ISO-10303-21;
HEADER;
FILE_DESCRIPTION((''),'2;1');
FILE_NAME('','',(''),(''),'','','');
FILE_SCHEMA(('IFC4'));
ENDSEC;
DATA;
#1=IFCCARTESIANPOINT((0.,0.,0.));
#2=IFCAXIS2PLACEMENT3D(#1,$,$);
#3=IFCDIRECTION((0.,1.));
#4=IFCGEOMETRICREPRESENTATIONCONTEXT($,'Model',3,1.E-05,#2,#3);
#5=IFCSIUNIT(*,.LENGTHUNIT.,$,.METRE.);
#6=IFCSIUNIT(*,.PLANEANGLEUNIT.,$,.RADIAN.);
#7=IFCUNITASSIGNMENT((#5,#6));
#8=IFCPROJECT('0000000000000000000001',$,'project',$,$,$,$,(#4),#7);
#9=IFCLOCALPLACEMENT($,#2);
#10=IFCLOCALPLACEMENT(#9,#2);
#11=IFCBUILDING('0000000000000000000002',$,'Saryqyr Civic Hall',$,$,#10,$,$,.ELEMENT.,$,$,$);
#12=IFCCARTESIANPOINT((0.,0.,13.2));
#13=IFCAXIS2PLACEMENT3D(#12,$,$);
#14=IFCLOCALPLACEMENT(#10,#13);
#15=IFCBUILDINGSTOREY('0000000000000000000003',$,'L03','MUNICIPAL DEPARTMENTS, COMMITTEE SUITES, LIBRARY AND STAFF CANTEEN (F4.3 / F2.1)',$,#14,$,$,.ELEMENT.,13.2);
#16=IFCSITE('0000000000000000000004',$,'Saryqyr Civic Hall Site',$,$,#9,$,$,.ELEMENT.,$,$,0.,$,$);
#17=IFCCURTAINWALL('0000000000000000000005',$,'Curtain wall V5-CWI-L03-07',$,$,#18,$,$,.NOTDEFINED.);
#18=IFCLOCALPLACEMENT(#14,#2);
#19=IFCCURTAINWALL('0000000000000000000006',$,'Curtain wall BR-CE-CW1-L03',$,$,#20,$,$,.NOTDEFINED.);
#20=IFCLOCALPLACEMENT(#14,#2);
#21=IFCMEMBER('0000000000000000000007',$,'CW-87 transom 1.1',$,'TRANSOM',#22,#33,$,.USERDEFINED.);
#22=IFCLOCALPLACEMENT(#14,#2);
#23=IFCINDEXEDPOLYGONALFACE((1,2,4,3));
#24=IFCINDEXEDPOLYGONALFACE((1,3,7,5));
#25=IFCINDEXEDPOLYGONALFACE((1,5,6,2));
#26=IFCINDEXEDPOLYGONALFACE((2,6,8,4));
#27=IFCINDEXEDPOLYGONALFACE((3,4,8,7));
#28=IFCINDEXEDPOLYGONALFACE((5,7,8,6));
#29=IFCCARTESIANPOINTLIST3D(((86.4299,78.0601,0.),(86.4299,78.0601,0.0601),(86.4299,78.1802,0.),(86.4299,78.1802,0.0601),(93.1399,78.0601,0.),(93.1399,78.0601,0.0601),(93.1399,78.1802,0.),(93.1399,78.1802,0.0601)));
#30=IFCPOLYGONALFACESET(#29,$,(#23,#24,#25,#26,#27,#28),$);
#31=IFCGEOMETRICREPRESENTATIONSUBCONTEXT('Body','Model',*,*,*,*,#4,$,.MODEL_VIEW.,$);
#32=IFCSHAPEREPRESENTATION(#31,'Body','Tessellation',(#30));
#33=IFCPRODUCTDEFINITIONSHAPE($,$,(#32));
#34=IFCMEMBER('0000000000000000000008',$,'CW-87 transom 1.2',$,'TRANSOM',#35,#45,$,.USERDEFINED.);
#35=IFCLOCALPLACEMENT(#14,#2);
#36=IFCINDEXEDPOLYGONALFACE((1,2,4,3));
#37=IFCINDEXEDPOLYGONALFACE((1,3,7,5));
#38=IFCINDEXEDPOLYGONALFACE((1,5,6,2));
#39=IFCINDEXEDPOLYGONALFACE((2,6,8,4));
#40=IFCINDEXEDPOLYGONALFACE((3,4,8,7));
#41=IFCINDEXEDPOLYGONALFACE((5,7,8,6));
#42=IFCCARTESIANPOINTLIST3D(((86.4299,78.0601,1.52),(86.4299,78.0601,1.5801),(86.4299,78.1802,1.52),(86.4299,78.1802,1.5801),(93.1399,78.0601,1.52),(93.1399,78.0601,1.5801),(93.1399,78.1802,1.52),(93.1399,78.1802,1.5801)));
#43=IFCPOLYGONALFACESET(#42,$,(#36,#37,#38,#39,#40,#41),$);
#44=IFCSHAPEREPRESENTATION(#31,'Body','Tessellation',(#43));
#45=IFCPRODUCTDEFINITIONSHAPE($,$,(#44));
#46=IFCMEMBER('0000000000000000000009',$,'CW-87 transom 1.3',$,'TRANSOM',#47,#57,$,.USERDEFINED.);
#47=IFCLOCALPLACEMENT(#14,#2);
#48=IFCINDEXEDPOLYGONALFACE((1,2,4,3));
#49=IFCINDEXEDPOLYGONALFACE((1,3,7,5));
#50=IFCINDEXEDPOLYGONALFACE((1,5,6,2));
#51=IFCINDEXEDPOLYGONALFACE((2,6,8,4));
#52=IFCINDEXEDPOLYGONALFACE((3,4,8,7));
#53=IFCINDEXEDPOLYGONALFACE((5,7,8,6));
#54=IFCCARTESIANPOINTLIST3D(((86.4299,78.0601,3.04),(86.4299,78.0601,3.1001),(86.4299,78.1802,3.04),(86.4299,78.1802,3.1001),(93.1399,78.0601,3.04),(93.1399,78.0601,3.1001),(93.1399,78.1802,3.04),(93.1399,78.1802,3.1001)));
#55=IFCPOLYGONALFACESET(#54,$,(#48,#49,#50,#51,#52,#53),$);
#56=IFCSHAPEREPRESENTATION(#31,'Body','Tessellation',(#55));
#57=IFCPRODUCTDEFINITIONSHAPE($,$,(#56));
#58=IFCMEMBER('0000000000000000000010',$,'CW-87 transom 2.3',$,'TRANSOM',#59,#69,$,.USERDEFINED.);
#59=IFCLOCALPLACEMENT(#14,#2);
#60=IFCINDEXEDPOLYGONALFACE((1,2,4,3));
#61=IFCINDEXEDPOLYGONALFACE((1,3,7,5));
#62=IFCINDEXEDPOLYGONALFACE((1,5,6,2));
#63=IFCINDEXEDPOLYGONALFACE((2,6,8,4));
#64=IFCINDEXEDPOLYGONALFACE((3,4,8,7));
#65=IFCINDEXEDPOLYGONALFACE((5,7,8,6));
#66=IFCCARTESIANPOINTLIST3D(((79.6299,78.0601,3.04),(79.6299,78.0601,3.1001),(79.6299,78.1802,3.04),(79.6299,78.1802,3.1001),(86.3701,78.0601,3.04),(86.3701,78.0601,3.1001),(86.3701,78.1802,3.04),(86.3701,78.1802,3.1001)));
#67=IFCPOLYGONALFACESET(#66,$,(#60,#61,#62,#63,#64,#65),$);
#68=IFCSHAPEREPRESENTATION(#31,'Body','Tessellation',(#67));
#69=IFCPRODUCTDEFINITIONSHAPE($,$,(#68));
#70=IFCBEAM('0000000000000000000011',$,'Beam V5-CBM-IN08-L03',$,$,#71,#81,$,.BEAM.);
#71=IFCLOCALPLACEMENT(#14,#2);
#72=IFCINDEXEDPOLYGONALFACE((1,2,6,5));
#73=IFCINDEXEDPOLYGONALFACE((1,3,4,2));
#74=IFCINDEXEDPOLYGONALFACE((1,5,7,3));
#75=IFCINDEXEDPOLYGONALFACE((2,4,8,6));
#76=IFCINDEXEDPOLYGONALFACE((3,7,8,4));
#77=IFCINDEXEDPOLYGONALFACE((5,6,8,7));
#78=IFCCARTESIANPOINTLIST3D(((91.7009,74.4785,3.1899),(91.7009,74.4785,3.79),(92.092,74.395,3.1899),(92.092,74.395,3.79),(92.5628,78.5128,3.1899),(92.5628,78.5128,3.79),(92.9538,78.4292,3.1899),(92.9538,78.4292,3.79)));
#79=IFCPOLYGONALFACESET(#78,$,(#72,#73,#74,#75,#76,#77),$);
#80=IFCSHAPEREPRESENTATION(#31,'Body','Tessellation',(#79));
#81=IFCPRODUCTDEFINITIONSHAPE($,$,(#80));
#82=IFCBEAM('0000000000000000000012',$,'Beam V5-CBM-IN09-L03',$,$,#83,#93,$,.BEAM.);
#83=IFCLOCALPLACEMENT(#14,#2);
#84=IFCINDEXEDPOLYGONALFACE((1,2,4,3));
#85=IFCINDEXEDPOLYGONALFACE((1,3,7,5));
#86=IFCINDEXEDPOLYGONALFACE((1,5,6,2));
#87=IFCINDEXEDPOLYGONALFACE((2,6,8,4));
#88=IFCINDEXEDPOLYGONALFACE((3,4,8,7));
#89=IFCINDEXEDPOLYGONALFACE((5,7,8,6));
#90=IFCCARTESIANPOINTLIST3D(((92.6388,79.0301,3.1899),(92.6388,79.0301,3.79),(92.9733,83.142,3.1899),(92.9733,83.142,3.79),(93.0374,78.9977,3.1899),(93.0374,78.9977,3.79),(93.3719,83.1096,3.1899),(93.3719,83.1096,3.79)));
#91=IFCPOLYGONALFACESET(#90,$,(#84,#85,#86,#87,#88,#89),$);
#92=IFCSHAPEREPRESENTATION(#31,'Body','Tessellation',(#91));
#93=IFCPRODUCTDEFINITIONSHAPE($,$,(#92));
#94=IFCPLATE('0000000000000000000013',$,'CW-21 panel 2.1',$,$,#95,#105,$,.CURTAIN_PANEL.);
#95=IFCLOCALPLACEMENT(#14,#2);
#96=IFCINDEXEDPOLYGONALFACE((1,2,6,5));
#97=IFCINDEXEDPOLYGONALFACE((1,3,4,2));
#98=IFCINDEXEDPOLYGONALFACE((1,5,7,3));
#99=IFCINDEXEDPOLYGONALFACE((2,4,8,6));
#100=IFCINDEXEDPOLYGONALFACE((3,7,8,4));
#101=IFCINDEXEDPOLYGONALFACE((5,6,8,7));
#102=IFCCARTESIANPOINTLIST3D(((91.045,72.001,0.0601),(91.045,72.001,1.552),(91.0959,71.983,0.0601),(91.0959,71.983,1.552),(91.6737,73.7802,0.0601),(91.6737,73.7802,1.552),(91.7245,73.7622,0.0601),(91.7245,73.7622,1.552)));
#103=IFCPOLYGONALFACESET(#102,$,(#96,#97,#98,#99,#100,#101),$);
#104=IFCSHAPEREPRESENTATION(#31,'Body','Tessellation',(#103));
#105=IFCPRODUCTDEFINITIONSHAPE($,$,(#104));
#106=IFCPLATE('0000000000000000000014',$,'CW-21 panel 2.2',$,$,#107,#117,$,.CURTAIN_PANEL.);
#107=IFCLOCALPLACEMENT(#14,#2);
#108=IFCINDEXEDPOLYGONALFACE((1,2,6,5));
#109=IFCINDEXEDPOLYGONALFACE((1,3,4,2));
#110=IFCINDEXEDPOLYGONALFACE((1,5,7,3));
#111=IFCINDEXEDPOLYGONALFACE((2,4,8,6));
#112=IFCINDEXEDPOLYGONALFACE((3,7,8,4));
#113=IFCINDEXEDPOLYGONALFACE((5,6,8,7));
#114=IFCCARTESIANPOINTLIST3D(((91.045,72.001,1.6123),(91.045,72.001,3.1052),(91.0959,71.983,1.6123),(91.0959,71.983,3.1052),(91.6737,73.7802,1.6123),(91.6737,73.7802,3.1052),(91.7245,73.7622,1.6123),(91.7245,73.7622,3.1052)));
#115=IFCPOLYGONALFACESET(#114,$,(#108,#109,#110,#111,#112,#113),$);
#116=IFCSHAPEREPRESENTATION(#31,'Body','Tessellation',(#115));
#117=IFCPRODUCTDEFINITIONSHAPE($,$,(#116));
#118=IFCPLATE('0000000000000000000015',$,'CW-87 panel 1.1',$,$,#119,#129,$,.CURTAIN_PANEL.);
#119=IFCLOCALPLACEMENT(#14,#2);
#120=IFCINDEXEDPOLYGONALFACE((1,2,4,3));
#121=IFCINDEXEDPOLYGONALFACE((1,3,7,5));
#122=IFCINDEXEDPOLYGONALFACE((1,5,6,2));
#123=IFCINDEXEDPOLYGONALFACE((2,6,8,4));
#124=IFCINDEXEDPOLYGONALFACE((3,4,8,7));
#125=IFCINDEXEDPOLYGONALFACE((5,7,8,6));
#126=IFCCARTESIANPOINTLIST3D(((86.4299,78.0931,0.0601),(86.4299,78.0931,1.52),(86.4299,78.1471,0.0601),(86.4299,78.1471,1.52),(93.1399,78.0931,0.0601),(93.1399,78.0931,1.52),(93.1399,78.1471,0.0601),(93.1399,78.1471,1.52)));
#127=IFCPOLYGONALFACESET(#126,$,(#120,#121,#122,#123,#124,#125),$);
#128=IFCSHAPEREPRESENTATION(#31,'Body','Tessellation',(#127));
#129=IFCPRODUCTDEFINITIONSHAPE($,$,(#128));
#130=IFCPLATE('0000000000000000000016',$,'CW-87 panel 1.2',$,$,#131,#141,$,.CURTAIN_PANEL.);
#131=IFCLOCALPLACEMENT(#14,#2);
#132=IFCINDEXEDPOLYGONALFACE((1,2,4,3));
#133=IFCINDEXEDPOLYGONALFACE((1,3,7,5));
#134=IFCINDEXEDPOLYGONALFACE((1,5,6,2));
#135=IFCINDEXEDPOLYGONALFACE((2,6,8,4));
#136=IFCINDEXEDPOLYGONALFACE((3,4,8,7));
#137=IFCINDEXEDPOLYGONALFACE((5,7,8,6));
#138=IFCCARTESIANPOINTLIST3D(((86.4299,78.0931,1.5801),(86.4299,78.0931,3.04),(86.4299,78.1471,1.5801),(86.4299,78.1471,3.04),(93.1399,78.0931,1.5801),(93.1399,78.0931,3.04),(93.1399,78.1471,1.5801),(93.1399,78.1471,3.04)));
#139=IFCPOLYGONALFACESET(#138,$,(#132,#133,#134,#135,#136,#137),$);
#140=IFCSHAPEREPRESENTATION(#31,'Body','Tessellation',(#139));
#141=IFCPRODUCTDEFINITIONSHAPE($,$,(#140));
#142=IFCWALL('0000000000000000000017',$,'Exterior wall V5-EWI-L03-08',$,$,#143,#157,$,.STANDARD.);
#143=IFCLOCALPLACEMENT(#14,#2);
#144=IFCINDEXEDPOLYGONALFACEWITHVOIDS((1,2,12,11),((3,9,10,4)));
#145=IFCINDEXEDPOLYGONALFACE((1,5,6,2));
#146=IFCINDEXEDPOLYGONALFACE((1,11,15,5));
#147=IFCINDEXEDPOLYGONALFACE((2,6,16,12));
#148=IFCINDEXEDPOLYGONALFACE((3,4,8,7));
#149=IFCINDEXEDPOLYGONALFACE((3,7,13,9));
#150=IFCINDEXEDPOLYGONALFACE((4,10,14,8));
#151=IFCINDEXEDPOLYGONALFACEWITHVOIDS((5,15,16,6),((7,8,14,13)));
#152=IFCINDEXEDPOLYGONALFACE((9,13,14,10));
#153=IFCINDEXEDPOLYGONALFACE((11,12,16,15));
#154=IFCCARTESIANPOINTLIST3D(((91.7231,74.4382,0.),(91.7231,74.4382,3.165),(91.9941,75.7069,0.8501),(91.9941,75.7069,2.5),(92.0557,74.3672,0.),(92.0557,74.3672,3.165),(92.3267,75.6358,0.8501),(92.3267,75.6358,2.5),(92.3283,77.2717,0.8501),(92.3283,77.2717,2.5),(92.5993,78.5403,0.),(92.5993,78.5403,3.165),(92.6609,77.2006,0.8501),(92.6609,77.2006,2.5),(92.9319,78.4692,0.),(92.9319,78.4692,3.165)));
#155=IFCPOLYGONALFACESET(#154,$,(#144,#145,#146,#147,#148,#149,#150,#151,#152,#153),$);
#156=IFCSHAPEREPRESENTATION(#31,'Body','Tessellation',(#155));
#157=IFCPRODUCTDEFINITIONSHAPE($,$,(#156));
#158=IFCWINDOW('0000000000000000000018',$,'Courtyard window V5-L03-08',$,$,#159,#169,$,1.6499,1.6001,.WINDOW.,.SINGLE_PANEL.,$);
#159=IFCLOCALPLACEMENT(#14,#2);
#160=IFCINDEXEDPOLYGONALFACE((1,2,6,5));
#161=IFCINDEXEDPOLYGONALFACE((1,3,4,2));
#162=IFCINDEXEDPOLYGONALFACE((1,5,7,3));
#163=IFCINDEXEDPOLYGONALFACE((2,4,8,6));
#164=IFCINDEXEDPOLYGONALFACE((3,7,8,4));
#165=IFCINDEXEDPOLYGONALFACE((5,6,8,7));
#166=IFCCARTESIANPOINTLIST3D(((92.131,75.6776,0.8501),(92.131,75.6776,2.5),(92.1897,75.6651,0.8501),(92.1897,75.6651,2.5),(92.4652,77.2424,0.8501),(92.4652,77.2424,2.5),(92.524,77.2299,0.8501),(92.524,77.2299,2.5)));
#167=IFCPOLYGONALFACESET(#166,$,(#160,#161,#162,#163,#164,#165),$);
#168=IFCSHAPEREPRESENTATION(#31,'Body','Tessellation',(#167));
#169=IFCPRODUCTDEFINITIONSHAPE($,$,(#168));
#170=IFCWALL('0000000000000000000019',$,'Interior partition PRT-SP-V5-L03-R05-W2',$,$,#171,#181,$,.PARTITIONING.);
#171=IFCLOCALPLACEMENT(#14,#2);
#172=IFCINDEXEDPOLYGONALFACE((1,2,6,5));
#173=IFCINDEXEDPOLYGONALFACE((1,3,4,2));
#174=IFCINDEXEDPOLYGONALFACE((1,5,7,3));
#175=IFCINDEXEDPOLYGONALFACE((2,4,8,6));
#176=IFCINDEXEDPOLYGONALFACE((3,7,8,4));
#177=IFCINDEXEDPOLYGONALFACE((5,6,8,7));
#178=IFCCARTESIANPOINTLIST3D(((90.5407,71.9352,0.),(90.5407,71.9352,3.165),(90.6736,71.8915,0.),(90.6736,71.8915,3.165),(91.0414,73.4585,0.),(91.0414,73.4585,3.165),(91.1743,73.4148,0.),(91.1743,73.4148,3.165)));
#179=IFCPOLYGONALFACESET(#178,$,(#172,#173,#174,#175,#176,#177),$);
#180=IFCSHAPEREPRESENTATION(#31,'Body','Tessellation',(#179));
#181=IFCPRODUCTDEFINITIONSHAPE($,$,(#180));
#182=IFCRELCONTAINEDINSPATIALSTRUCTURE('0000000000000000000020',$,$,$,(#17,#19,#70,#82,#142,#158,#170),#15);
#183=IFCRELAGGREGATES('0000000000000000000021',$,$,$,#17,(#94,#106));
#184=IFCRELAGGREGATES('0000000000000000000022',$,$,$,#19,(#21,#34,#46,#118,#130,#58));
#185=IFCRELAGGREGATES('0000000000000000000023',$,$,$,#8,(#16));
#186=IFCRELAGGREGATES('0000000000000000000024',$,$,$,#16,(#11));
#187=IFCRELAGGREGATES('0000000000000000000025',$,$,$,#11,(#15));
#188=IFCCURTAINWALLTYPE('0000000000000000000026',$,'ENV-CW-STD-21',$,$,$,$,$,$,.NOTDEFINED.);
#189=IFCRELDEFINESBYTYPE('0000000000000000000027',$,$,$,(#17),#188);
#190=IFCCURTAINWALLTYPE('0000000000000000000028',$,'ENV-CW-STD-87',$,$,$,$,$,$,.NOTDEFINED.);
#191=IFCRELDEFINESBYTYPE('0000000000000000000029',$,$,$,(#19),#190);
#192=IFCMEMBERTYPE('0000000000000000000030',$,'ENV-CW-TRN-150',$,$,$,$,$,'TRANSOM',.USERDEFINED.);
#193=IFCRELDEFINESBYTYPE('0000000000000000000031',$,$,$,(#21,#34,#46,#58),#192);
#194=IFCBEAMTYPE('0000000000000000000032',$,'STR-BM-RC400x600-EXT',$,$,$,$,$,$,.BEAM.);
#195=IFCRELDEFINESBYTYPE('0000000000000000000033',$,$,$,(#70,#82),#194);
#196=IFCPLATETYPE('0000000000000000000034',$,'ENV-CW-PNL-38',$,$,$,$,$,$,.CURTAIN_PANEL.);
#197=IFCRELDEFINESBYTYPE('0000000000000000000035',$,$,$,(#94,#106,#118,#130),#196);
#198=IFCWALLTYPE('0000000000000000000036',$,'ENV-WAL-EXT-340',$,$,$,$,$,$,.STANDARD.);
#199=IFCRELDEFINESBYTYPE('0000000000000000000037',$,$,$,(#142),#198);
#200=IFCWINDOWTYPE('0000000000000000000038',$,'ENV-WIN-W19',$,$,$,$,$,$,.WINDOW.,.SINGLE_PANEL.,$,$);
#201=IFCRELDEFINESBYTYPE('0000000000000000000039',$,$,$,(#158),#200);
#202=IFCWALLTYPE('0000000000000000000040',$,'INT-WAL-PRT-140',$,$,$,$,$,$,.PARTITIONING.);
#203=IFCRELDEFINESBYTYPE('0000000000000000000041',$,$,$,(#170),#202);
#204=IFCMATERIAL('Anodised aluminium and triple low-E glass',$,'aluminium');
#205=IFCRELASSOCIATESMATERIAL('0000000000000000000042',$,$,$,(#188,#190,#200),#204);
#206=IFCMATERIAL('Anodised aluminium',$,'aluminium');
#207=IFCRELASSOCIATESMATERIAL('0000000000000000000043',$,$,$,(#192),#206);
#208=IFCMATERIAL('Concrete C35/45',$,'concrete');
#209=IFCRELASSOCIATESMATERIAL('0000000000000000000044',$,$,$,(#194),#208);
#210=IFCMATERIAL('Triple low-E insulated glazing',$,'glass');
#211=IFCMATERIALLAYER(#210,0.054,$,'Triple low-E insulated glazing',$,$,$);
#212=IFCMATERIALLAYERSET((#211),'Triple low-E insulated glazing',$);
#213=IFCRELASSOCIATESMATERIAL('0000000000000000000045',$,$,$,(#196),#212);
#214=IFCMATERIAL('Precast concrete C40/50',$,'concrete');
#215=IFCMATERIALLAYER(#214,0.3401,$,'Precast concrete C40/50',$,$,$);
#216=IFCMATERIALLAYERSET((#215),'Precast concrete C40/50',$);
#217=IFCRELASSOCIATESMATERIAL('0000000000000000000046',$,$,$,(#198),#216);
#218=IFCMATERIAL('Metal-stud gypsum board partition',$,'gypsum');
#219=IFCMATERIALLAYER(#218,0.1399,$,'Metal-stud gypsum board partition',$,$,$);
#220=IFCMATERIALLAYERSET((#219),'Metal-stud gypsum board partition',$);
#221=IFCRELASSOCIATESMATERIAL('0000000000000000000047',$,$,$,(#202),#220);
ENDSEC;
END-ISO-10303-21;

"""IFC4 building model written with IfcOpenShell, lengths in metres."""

from ifc_helpers import new_model, si_unit, direction, frame, frame_2d, origin, origin_2d, place, context, subcontext, project, spatial, rectangle, extrude, material, layer, layer_set, material_profile, profile_set, type_object, element, fill, aggregate, save


model = new_model("IFC4")

# Units and contexts
model_context = context("Model", 3, precision=1e-05, world=origin(), true_north=direction((0.0, 1.0)))
body_context = subcontext(model_context, "Body", "Model", "MODEL_VIEW")
ifc_project = project(units=[si_unit("LENGTHUNIT", "METRE"), si_unit("PLANEANGLEUNIT", "RADIAN")], contexts=[model_context])

# Site, building, storey
site_placement = place(None, origin())
site = spatial("IfcSite", under=ifc_project, at=site_placement, Name="Saryqyr Civic Hall Site", CompositionType="ELEMENT", RefElevation=0.0)
building_placement = place(site_placement, origin())
building = spatial("IfcBuilding", under=site, at=building_placement, Name="Saryqyr Civic Hall", CompositionType="ELEMENT")
storey_placement = place(building_placement, frame((0.0, 0.0, 13.2)))
storey = spatial("IfcBuildingStorey", under=building, at=storey_placement, Name="L03", Description="MUNICIPAL DEPARTMENTS, COMMITTEE SUITES, LIBRARY AND STAFF CANTEEN (F4.3 / F2.1)", CompositionType="ELEMENT", Elevation=13.2)

# Curtain wall
ifc_material_1 = material(Name="Anodised aluminium and triple low-E glass", Category="aluminium")
curtain_wall_type_1 = type_object("IfcCurtainWallType", Name="ENV-CW-STD-21", PredefinedType="NOTDEFINED", material=ifc_material_1)
curtain_wall_1_placement = place(storey_placement, origin())
curtain_wall_1 = element("IfcCurtainWall", 1, at=curtain_wall_1_placement, inside=storey, type_object=curtain_wall_type_1, Name="Curtain wall V5-CWI-L03-07", PredefinedType="NOTDEFINED")
ifc_material_2 = material(Name="Anodised aluminium", Category="aluminium")

# Curtain wall
curtain_wall_type_2 = type_object("IfcCurtainWallType", Name="ENV-CW-STD-87", PredefinedType="NOTDEFINED", material=ifc_material_1)
curtain_wall_2_placement = place(storey_placement, origin())
curtain_wall_2 = element("IfcCurtainWall", 2, at=curtain_wall_2_placement, inside=storey, type_object=curtain_wall_type_2, Name="Curtain wall BR-CE-CW1-L03", PredefinedType="NOTDEFINED")

# Members
ifc_material_profile_1 = material_profile(ifc_material_2, rectangle(XDim=0.1201, YDim=0.0601, at=origin_2d()), Name="ALU TRANSOM 120x60")
ifc_profile_set_1 = profile_set([ifc_material_profile_1], Name="Anodised aluminium")
member_type_1 = type_object("IfcMemberType", Name="ENV-CW-TRN-150", ElementType="TRANSOM", PredefinedType="USERDEFINED", material=ifc_profile_set_1)
member_1_placement = place(storey_placement, frame((93.1399, 78.1201, 0.03), z_axis=(-1.0, 0.0, 0.0), x_axis=(0.0, -1.0, 0.0)))
member_1 = element("IfcMember", 3, at=member_1_placement, type_object=member_type_1, Name="CW-87 transom 1.1", ObjectType="TRANSOM", PredefinedType="USERDEFINED", context=body_context, shape_type="SweptSolid", body=[
    extrude(rectangle(XDim=0.1201, YDim=0.0601, at=origin_2d()), origin(), (0.0, 0.0, 1.0), 6.71),
])
member_2_placement = place(storey_placement, frame((93.1399, 78.1201, 1.55), z_axis=(-1.0, 0.0, 0.0), x_axis=(0.0, -1.0, 0.0)))
member_2 = element("IfcMember", 4, at=member_2_placement, type_object=member_type_1, Name="CW-87 transom 1.2", ObjectType="TRANSOM", PredefinedType="USERDEFINED", context=body_context, shape_type="SweptSolid", body=[
    extrude(rectangle(XDim=0.1201, YDim=0.0601, at=origin_2d()), origin(), (0.0, 0.0, 1.0), 6.71),
])
member_3_placement = place(storey_placement, frame((93.1399, 78.1201, 3.0701), z_axis=(-1.0, 0.0, 0.0), x_axis=(0.0, -1.0, 0.0)))
member_3 = element("IfcMember", 5, at=member_3_placement, type_object=member_type_1, Name="CW-87 transom 1.3", ObjectType="TRANSOM", PredefinedType="USERDEFINED", context=body_context, shape_type="SweptSolid", body=[
    extrude(rectangle(XDim=0.1201, YDim=0.0601, at=origin_2d()), origin(), (0.0, 0.0, 1.0), 6.71),
])
member_4_placement = place(storey_placement, frame((86.3701, 78.1201, 3.0701), z_axis=(-1.0, 0.0, 0.0), x_axis=(0.0, -1.0, 0.0)))
member_4 = element("IfcMember", 6, at=member_4_placement, type_object=member_type_1, Name="CW-87 transom 2.3", ObjectType="TRANSOM", PredefinedType="USERDEFINED", context=body_context, shape_type="SweptSolid", body=[
    extrude(rectangle(XDim=0.1201, YDim=0.0601, at=origin_2d()), origin(), (0.0, 0.0, 1.0), 6.7402),
])

# Beams
ifc_material_3 = material(Name="Concrete C35/45", Category="concrete")
ifc_material_profile_2 = material_profile(ifc_material_3, rectangle(XDim=0.3999, YDim=0.6001, at=origin_2d()), Name="RC 400x600")
ifc_profile_set_2 = profile_set([ifc_material_profile_2], Name="Concrete C35/45")
beam_type = type_object("IfcBeamType", Name="STR-BM-RC400x600-EXT", PredefinedType="BEAM", material=ifc_profile_set_2)
beam_1_placement = place(storey_placement, frame((91.8965, 74.4368, 3.49), z_axis=(0.208915, 0.977934, 0.0), x_axis=(-0.977934, 0.208915, 0.0)))
element("IfcBeam", 7, at=beam_1_placement, inside=storey, type_object=beam_type, Name="Beam V5-CBM-IN08-L03", PredefinedType="BEAM", context=body_context, shape_type="SweptSolid", body=[
    extrude(rectangle(XDim=0.3999, YDim=0.6001, at=origin_2d()), origin(), (0.0, 0.0, 1.0), 4.1252),
])
beam_2_placement = place(storey_placement, frame((92.8381, 79.0139, 3.49), z_axis=(0.081076, 0.996708, 0.0), x_axis=(-0.996708, 0.081076, 0.0)))
element("IfcBeam", 8, at=beam_2_placement, inside=storey, type_object=beam_type, Name="Beam V5-CBM-IN09-L03", PredefinedType="BEAM", context=body_context, shape_type="SweptSolid", body=[
    extrude(rectangle(XDim=0.3999, YDim=0.6001, at=origin_2d()), origin(), (0.0, 0.0, 1.0), 4.1255),
])

# Plates
ifc_material_4 = material(Name="Triple low-E insulated glazing", Category="glass")
ifc_layer_1 = layer(ifc_material_4, 0.054, Name="Triple low-E insulated glazing")
ifc_layer_set_1 = layer_set([ifc_layer_1], Name="Triple low-E insulated glazing")
plate_type = type_object("IfcPlateType", Name="ENV-CW-PNL-38", PredefinedType="CURTAIN_PANEL", material=ifc_layer_set_1)
plate_1_placement = place(storey_placement, frame((91.3848, 72.8816, 0.0601), z_axis=(0.0, 0.0, 1.0), x_axis=(0.333172, 0.942866, 0.0)))
plate_1 = element("IfcPlate", 9, at=plate_1_placement, type_object=plate_type, Name="CW-21 panel 2.1", PredefinedType="CURTAIN_PANEL", context=body_context, shape_type="SweptSolid", body=[
    extrude(rectangle(XDim=1.887, YDim=0.054, at=origin_2d()), origin(), (0.0, 0.0, 1.0), 1.4919),
])
plate_2_placement = place(storey_placement, frame((91.3848, 72.8816, 1.6123), z_axis=(0.0, 0.0, 1.0), x_axis=(0.333172, 0.942866, 0.0)))
plate_2 = element("IfcPlate", 10, at=plate_2_placement, type_object=plate_type, Name="CW-21 panel 2.2", PredefinedType="CURTAIN_PANEL", context=body_context, shape_type="SweptSolid", body=[
    extrude(rectangle(XDim=1.887, YDim=0.054, at=origin_2d()), origin(), (0.0, 0.0, 1.0), 1.4929),
])
aggregate(curtain_wall_1, [plate_1, plate_2])
plate_3_placement = place(storey_placement, frame((89.7849, 78.1201, 0.0601), z_axis=(0.0, 0.0, 1.0), x_axis=(-1.0, 0.0, 0.0)))
plate_3 = element("IfcPlate", 11, at=plate_3_placement, type_object=plate_type, Name="CW-87 panel 1.1", PredefinedType="CURTAIN_PANEL", context=body_context, shape_type="SweptSolid", body=[
    extrude(rectangle(XDim=6.71, YDim=0.054, at=origin_2d()), origin(), (0.0, 0.0, 1.0), 1.46),
])
plate_4_placement = place(storey_placement, frame((89.7849, 78.1201, 1.5801), z_axis=(0.0, 0.0, 1.0), x_axis=(-1.0, 0.0, 0.0)))
plate_4 = element("IfcPlate", 12, at=plate_4_placement, type_object=plate_type, Name="CW-87 panel 1.2", PredefinedType="CURTAIN_PANEL", context=body_context, shape_type="SweptSolid", body=[
    extrude(rectangle(XDim=6.71, YDim=0.054, at=origin_2d()), origin(), (0.0, 0.0, 1.0), 1.46),
])
aggregate(curtain_wall_2, [member_1, member_2, member_3, plate_3, plate_4, member_4])

# Wall, opening, window
ifc_material_5 = material(Name="Precast concrete C40/50", Category="concrete")
ifc_layer_2 = layer(ifc_material_5, 0.3401, Name="Precast concrete C40/50")
ifc_layer_set_2 = layer_set([ifc_layer_2], Name="Precast concrete C40/50")
wall_type_1 = type_object("IfcWallType", Name="ENV-WAL-EXT-340", PredefinedType="STANDARD", material=ifc_layer_set_2)
wall_1_placement = place(storey_placement, frame((91.8894, 74.4028, 0.0), z_axis=(0.0, 0.0, 1.0), x_axis=(0.208893, 0.977938, 0.0)))
wall_1 = element("IfcWall", 13, at=wall_1_placement, inside=storey, type_object=wall_type_1, Name="Exterior wall V5-EWI-L03-08", PredefinedType="STANDARD", context=body_context, shape_type="SweptSolid", body=[
    extrude(rectangle(XDim=4.1946, YDim=0.3401, at=frame_2d((2.0972, 0.0))), origin(), (0.0, 0.0, 1.0), 3.165),
])
opening_placement = place(wall_1_placement, frame((1.2971, 0.0, 0.8501)))
opening = element("IfcOpeningElement", 14, at=opening_placement, cuts=wall_1, PredefinedType="OPENING", context=body_context, shape_type="SweptSolid", body=[
    extrude(rectangle(XDim=1.6001, YDim=1.6499, at=frame_2d((0.8, 0.825))), frame((0.0, 0.1799, 0.0), z_axis=(0.0, -1.0, 0.0), x_axis=(1.0, 0.0, 0.0)), (0.0, 0.0, 1.0), 0.3601),
])
window_type = type_object("IfcWindowType", Name="ENV-WIN-W19", PartitioningType="SINGLE_PANEL", PredefinedType="WINDOW", material=ifc_material_1)
window_placement = place(opening_placement, origin())
window = element("IfcWindow", 15, at=window_placement, inside=storey, type_object=window_type, Name="Courtyard window V5-L03-08", OverallHeight=1.6499, OverallWidth=1.6001, PartitioningType="SINGLE_PANEL", PredefinedType="WINDOW", context=body_context, shape_type="SweptSolid", body=[
    extrude(rectangle(XDim=1.6001, YDim=1.6499, at=frame_2d((0.8, 0.825))), frame((0.0, 0.03, 0.0), z_axis=(0.0, -1.0, 0.0), x_axis=(1.0, 0.0, 0.0)), (0.0, 0.0, 1.0), 0.0601),
])
fill(opening, window)

# Wall
ifc_material_6 = material(Name="Metal-stud gypsum board partition", Category="gypsum")
ifc_layer_3 = layer(ifc_material_6, 0.1399, Name="Metal-stud gypsum board partition")
ifc_layer_set_3 = layer_set([ifc_layer_3], Name="Metal-stud gypsum board partition")
wall_type_2 = type_object("IfcWallType", Name="INT-WAL-PRT-140", PredefinedType="PARTITIONING", material=ifc_layer_set_3)
wall_2_placement = place(storey_placement, frame((90.6072, 71.9133, 0.0), z_axis=(0.0, 0.0, 1.0), x_axis=(0.312251, 0.949999, 0.0)))
element("IfcWall", 16, at=wall_2_placement, inside=storey, type_object=wall_type_2, Name="Interior partition PRT-SP-V5-L03-R05-W2", PredefinedType="PARTITIONING", context=body_context, shape_type="SweptSolid", body=[
    extrude(rectangle(XDim=1.6035, YDim=0.1399, at=frame_2d((0.8018, 0.0))), origin(), (0.0, 0.0, 1.0), 3.165),
])

save(model, "model.ifc")
